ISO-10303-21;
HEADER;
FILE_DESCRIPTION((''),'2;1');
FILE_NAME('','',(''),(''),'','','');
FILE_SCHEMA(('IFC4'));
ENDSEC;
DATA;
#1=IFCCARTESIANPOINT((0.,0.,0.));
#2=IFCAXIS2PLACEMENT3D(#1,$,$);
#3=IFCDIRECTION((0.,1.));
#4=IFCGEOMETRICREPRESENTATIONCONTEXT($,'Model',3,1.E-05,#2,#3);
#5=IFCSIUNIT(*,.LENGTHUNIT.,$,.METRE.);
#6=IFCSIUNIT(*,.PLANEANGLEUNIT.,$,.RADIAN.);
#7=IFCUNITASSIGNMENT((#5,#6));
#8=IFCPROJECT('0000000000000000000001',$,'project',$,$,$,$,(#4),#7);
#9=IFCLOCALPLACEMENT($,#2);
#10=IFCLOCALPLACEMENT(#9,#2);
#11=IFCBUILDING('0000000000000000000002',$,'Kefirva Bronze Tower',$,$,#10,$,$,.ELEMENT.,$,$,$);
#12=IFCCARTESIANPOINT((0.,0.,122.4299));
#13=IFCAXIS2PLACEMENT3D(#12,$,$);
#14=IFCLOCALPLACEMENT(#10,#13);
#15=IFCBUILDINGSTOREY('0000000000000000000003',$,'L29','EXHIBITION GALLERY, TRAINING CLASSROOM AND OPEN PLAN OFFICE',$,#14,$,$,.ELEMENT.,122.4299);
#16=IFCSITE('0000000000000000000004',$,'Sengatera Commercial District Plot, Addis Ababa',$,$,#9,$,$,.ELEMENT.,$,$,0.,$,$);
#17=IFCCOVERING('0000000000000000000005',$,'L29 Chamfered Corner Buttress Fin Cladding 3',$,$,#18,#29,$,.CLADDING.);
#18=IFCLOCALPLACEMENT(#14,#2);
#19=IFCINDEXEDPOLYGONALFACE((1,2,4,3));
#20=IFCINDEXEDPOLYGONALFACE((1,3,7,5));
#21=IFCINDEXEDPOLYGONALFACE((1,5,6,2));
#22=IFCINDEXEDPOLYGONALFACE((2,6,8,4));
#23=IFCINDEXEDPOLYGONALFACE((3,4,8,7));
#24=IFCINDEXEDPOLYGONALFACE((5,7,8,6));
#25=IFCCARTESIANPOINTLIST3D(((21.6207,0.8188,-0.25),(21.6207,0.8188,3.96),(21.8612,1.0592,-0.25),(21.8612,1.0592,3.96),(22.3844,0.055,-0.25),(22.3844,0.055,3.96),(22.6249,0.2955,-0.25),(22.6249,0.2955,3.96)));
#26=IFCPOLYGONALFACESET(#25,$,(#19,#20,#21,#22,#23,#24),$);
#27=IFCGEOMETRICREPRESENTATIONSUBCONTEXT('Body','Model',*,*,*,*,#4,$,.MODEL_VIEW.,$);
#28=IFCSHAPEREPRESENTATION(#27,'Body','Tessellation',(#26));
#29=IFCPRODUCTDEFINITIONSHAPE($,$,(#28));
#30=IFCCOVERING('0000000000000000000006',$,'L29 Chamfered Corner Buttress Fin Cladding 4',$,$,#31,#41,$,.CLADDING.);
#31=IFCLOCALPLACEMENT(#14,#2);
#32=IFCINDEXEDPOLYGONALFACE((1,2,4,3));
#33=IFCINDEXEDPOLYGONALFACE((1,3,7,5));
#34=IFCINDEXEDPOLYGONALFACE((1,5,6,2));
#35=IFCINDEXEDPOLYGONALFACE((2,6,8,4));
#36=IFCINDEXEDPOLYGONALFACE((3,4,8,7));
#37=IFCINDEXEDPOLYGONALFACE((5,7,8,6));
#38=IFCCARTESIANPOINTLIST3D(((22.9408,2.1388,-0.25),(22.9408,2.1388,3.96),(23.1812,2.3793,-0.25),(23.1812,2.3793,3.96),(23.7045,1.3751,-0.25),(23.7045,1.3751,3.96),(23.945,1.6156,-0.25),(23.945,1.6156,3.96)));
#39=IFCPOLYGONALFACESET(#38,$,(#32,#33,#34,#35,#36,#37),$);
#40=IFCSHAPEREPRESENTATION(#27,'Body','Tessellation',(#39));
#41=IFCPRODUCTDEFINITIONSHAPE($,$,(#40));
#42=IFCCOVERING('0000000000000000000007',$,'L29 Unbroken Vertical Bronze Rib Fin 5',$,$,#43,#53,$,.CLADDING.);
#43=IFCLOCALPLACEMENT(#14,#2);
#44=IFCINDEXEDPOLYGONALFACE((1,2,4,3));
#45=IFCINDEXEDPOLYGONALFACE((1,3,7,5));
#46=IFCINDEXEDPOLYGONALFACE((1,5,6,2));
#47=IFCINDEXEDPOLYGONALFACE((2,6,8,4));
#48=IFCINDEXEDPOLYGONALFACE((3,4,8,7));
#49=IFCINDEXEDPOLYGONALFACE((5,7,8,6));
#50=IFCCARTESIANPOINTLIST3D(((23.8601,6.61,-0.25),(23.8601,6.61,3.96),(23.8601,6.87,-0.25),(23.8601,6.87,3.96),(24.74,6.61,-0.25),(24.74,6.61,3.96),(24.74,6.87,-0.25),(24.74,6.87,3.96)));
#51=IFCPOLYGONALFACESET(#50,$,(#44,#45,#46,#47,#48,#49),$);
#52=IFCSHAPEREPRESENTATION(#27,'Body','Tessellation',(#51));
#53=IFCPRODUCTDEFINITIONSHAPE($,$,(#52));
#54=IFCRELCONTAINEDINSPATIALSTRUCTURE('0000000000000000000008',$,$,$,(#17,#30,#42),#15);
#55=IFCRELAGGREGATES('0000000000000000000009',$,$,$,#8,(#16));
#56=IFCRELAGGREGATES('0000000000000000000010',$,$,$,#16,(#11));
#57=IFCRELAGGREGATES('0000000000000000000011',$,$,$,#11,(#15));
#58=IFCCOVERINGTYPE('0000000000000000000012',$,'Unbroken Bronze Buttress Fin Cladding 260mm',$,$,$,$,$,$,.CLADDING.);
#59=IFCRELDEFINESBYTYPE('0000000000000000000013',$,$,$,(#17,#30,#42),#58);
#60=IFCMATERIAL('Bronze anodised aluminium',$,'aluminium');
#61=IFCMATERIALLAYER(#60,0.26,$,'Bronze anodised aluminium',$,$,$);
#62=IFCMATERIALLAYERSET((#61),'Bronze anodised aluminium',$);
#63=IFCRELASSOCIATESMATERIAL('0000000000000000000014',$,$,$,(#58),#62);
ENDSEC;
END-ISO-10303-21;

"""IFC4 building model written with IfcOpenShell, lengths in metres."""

from ifc_helpers import new_model, si_unit, direction, frame, origin, origin_2d, place, context, subcontext, project, spatial, rectangle, extrude, material, layer, layer_set, type_object, element, save


model = new_model("IFC4")

# Units and contexts
model_context = context("Model", 3, precision=1e-05, world=origin(), true_north=direction((0.0, 1.0)))
body_context = subcontext(model_context, "Body", "Model", "MODEL_VIEW")
ifc_project = project(units=[si_unit("LENGTHUNIT", "METRE"), si_unit("PLANEANGLEUNIT", "RADIAN")], contexts=[model_context])

# Site, building, storey
site_placement = place(None, origin())
site = spatial("IfcSite", under=ifc_project, at=site_placement, Name="Sengatera Commercial District Plot, Addis Ababa", CompositionType="ELEMENT", RefElevation=0.0)
building_placement = place(site_placement, origin())
building = spatial("IfcBuilding", under=site, at=building_placement, Name="Kefirva Bronze Tower", CompositionType="ELEMENT")
storey_placement = place(building_placement, frame((0.0, 0.0, 122.4299)))
storey = spatial("IfcBuildingStorey", under=building, at=storey_placement, Name="L29", Description="EXHIBITION GALLERY, TRAINING CLASSROOM AND OPEN PLAN OFFICE", CompositionType="ELEMENT", Elevation=122.4299)

# Shared definitions
ifc_material_1 = material(Name="Bronze anodised aluminium", Category="aluminium")

# Coverings
ifc_layer_1 = layer(ifc_material_1, 0.26, Name="Bronze anodised aluminium")
ifc_layer_set_1 = layer_set([ifc_layer_1], Name="Bronze anodised aluminium")
covering_type_1 = type_object("IfcCoveringType", Name="Unbroken Bronze Buttress Fin Cladding 260mm", PredefinedType="CLADDING", material=ifc_layer_set_1)
for number, where, z_axis, x_axis, name in (
    (1, (22.1228, 0.5571, -0.25), (0.0, 0.0, 1.0), (0.707107, 0.707107, 0.0), "L29 Chamfered Corner Buttress Fin Cladding 3"),
    (2, (23.4429, 1.8772, -0.25), (0.0, 0.0, 1.0), (0.707107, 0.707107, 0.0), "L29 Chamfered Corner Buttress Fin Cladding 4"),
):
    element("IfcCovering", number, at=place(storey_placement, frame(where, z_axis=z_axis, x_axis=x_axis)), inside=storey, type_object=covering_type_1, Name=name, PredefinedType="CLADDING", context=body_context, shape_type="SweptSolid", body=[
        extrude(rectangle(XDim=0.3401, YDim=1.0801, at=origin_2d()), origin(), (0.0, 0.0, 1.0), 4.21),
    ])
covering_1_placement = place(storey_placement, frame((24.3, 6.74, -0.25), z_axis=(0.0, 0.0, 1.0), x_axis=(0.0, 1.0, 0.0)))
element("IfcCovering", 3, at=covering_1_placement, inside=storey, type_object=covering_type_1, Name="L29 Unbroken Vertical Bronze Rib Fin 5", PredefinedType="CLADDING", context=body_context, shape_type="SweptSolid", body=[
    extrude(rectangle(XDim=0.26, YDim=0.8799, at=origin_2d()), origin(), (0.0, 0.0, 1.0), 4.21),
])

save(model, "model.ifc")
